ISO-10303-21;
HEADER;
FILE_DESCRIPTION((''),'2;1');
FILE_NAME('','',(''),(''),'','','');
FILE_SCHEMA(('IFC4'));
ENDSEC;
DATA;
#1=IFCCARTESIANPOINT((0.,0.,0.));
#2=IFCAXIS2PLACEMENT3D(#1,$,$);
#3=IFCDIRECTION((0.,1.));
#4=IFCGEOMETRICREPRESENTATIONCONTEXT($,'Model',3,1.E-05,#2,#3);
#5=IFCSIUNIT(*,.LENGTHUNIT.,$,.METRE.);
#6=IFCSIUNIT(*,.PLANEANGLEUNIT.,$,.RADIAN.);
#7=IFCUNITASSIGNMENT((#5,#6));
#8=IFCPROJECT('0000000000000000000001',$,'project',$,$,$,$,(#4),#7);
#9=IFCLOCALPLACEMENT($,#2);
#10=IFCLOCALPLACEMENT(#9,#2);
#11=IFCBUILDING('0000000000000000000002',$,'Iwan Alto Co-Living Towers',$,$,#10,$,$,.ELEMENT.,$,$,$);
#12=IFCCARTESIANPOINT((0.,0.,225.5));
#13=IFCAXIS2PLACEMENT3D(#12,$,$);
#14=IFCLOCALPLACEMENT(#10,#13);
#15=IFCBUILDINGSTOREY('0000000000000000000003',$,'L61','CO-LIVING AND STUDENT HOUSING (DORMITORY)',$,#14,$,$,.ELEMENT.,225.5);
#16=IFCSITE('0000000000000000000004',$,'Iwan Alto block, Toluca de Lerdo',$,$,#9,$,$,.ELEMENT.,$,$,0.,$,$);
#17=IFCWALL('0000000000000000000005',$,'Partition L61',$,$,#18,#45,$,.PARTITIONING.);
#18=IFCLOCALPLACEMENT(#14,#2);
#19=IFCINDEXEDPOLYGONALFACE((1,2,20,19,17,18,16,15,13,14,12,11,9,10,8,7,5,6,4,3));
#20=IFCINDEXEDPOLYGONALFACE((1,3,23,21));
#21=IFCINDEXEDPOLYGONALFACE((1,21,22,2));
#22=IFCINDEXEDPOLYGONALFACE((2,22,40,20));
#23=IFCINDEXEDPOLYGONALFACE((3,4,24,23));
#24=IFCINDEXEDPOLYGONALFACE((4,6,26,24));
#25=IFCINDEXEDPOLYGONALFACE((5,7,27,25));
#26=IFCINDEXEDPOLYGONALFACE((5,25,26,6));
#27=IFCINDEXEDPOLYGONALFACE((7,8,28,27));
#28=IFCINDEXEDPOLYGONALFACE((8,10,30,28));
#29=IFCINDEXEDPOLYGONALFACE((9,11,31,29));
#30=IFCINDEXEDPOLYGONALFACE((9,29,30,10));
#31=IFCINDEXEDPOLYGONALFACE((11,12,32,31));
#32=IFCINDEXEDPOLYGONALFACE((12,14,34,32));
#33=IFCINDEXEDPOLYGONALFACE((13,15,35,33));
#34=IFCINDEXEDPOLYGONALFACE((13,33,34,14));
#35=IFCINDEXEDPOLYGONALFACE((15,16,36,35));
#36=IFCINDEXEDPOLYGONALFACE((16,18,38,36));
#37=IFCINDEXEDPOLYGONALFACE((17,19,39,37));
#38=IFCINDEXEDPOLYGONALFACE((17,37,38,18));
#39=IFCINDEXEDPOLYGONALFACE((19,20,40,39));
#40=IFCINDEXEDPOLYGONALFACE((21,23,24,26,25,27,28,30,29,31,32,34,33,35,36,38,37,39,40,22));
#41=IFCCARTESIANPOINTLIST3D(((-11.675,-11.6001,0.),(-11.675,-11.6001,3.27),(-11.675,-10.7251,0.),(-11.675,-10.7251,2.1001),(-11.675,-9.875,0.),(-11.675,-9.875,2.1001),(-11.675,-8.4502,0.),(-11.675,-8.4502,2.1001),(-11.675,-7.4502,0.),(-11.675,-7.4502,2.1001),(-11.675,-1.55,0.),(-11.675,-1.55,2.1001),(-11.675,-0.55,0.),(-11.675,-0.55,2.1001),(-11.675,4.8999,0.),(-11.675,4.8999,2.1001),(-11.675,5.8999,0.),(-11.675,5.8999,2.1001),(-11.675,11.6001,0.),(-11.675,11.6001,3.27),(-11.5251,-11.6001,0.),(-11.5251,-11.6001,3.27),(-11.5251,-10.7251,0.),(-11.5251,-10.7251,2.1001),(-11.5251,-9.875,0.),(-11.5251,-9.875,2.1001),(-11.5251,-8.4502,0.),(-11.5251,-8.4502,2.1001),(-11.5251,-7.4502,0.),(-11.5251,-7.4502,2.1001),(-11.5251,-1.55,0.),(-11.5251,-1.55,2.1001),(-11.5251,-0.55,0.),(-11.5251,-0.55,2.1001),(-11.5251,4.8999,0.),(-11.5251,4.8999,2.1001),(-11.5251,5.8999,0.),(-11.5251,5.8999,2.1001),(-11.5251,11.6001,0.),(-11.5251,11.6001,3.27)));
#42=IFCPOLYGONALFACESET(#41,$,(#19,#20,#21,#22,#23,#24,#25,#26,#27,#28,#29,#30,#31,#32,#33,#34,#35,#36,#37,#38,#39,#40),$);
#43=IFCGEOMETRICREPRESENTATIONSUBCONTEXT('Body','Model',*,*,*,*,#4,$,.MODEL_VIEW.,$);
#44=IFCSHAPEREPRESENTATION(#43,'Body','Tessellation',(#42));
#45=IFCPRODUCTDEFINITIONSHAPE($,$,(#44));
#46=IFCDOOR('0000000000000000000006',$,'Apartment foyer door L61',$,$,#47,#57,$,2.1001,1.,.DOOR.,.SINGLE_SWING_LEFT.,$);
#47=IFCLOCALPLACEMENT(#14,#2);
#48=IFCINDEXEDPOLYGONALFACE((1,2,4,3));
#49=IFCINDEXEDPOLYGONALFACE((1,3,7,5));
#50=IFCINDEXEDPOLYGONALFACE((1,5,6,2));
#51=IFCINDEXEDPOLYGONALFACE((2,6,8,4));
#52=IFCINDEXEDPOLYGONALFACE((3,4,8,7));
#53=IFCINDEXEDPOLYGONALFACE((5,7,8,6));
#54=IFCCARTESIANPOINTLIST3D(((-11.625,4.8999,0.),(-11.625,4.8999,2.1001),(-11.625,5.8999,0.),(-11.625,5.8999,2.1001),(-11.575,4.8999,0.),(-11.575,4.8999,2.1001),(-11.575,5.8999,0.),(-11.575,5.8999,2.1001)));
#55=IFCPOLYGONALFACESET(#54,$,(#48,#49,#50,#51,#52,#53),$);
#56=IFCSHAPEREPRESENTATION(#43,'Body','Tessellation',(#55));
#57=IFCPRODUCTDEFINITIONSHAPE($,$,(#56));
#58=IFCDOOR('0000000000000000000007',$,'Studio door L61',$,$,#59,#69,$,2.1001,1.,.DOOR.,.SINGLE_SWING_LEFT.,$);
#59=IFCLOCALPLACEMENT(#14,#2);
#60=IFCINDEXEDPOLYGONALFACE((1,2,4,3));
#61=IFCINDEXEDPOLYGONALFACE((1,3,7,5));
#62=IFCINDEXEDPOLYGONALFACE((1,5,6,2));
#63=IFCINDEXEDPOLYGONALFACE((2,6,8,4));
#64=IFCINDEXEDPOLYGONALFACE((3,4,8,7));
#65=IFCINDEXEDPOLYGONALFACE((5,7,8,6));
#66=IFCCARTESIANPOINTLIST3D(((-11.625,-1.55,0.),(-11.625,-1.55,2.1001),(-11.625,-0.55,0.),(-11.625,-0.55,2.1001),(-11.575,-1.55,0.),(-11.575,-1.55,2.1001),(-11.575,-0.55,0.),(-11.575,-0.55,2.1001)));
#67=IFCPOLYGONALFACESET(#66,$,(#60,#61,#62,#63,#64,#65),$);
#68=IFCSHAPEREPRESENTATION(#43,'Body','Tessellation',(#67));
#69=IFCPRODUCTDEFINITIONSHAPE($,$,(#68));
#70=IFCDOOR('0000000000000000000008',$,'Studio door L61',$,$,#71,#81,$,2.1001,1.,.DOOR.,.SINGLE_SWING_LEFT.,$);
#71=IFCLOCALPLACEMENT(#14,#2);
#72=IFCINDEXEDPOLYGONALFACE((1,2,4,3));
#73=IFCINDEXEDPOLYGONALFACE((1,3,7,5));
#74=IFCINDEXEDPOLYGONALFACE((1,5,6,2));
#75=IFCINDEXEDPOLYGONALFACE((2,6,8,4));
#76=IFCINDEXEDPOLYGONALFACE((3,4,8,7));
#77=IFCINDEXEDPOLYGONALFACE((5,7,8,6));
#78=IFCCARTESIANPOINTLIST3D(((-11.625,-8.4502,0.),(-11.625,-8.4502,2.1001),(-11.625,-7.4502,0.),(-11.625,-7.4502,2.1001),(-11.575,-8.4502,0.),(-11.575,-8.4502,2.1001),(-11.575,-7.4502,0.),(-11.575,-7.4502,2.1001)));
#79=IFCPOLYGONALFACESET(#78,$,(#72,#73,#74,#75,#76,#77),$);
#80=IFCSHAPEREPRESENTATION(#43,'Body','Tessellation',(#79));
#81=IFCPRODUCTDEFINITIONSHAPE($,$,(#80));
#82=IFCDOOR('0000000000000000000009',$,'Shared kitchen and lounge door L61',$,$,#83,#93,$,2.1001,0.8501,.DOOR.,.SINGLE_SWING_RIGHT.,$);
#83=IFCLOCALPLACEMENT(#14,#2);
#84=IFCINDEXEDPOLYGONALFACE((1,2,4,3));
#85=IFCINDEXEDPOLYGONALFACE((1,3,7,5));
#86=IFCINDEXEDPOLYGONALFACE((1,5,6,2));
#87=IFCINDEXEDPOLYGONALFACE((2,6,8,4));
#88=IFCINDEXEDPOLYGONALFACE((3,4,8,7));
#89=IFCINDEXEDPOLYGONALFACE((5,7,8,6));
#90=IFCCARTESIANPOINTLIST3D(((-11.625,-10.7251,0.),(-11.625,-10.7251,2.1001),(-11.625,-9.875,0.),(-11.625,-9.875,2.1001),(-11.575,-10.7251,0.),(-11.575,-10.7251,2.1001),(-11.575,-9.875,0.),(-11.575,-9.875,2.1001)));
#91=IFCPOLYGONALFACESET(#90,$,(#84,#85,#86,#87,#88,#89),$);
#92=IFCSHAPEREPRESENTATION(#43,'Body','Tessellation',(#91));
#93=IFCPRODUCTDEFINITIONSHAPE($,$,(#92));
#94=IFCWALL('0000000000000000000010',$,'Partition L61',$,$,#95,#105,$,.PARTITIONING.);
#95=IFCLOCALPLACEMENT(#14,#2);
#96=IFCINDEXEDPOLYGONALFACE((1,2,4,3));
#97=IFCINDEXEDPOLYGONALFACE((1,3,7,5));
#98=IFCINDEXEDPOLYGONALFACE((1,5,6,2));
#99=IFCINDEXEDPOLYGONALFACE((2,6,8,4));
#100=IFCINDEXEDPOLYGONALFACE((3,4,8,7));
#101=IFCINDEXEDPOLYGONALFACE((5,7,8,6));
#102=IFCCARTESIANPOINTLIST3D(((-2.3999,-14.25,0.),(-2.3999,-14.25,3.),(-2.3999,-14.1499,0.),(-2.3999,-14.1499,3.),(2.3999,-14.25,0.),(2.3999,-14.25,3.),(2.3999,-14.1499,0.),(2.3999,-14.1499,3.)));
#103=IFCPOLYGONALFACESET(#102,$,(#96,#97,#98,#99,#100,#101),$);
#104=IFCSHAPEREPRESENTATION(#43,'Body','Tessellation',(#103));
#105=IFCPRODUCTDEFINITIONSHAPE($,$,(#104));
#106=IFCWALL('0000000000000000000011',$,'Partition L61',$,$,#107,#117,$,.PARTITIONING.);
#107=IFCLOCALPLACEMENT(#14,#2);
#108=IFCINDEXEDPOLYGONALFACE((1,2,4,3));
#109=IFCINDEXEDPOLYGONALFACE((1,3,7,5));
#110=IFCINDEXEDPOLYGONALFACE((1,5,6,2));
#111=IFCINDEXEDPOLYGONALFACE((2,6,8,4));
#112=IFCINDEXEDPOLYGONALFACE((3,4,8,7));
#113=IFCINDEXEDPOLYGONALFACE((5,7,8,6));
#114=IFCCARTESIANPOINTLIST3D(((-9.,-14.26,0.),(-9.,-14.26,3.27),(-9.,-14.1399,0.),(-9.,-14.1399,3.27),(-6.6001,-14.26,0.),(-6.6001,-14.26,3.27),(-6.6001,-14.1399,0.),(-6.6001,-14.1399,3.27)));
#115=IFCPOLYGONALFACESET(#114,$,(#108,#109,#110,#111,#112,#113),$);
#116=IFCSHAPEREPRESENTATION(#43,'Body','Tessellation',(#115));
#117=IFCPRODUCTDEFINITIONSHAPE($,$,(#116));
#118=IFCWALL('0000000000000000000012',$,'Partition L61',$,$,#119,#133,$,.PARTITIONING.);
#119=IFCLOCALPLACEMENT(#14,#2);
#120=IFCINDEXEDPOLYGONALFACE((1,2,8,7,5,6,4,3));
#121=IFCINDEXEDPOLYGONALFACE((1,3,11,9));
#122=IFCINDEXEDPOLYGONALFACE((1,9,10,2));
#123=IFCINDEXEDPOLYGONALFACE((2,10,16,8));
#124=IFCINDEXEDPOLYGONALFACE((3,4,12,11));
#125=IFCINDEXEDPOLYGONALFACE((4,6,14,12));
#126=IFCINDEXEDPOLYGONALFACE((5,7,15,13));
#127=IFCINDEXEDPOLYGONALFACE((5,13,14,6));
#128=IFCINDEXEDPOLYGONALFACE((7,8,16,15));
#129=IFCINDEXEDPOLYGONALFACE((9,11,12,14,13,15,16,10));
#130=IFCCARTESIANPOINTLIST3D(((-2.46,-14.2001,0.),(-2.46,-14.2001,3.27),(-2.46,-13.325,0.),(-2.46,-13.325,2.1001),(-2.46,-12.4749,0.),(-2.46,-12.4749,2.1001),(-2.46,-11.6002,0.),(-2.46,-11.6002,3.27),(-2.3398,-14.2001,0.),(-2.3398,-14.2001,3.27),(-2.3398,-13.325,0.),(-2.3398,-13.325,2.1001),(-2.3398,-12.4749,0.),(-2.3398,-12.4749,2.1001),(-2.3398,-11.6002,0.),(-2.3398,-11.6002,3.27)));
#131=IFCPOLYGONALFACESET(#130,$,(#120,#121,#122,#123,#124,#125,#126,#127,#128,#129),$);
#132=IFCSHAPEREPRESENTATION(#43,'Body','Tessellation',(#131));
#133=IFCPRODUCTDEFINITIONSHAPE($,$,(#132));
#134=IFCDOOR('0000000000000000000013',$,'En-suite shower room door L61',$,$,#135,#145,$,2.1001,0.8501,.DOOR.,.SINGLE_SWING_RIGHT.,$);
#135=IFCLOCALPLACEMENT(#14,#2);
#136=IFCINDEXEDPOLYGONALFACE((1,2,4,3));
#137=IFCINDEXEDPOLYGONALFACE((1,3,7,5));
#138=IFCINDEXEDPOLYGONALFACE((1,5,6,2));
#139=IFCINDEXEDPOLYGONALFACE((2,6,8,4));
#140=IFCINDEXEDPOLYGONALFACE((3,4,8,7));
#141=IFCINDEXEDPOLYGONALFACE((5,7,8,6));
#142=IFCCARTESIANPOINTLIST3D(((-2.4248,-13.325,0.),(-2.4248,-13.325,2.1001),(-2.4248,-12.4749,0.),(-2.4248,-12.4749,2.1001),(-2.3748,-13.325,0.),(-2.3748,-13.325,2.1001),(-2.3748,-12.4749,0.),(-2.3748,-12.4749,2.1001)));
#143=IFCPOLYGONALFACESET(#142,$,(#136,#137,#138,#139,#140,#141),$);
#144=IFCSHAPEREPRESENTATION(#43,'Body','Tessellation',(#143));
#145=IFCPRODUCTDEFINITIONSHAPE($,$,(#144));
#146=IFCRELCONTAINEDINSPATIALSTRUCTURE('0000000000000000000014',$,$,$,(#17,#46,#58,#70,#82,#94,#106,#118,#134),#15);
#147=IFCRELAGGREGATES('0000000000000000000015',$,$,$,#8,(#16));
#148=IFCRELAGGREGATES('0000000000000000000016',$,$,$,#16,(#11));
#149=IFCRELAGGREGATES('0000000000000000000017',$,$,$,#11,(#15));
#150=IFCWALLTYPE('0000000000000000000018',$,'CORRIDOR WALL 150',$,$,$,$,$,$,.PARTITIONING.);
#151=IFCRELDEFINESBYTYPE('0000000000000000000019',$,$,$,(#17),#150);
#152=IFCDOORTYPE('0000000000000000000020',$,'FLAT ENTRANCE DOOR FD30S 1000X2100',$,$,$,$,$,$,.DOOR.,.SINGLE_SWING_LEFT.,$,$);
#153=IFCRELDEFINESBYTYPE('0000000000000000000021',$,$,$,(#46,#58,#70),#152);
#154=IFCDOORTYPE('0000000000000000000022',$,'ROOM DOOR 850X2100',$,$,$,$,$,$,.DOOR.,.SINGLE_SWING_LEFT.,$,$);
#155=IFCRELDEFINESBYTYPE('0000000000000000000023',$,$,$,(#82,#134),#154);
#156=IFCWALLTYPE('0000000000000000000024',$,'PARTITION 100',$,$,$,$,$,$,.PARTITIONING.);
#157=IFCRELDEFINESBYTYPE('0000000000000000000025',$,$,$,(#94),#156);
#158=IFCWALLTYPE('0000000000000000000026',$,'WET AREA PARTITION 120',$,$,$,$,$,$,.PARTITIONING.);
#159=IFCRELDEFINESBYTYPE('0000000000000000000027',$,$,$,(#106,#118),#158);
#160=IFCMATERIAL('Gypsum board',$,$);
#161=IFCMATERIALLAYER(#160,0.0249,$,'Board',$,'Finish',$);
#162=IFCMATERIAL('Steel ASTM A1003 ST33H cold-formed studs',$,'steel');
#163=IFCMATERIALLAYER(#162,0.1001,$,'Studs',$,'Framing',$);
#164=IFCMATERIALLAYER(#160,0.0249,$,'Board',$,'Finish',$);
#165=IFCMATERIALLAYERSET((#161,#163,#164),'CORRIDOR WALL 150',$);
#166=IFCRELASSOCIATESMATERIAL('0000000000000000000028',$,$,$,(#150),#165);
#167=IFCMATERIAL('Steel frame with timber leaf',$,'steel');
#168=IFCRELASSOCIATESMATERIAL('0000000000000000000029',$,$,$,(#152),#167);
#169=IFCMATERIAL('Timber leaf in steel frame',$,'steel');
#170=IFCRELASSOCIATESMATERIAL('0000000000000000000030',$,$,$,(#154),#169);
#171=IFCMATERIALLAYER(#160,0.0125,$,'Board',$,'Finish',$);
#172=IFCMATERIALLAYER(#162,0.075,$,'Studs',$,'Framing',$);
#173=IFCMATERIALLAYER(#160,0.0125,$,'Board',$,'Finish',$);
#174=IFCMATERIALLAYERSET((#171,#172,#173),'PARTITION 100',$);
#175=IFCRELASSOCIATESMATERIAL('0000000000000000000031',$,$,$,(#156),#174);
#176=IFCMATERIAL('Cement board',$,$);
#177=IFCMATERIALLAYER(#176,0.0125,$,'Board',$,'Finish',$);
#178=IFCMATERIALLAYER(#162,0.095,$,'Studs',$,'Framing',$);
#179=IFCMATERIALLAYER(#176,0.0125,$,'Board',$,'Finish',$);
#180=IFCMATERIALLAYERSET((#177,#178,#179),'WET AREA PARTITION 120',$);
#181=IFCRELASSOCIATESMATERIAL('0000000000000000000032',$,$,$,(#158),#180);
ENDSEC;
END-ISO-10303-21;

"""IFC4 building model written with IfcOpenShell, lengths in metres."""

from ifc_helpers import new_model, si_unit, direction, frame, frame_2d, origin, place, context, subcontext, project, spatial, rectangle, extrude, material, layer, layer_set, type_object, element, fill, save


model = new_model("IFC4")

# Units and contexts
model_context = context("Model", 3, precision=1e-05, world=origin(), true_north=direction((0.0, 1.0)))
body_context = subcontext(model_context, "Body", "Model", "MODEL_VIEW")
ifc_project = project(units=[si_unit("LENGTHUNIT", "METRE"), si_unit("PLANEANGLEUNIT", "RADIAN")], contexts=[model_context])

# Site, building, storey
site_placement = place(None, origin())
site = spatial("IfcSite", under=ifc_project, at=site_placement, Name="Iwan Alto block, Toluca de Lerdo", CompositionType="ELEMENT", RefElevation=0.0)
building_placement = place(site_placement, origin())
building = spatial("IfcBuilding", under=site, at=building_placement, Name="Iwan Alto Co-Living Towers", CompositionType="ELEMENT")
storey_placement = place(building_placement, frame((0.0, 0.0, 225.5)))
storey = spatial("IfcBuildingStorey", under=building, at=storey_placement, Name="L61", Description="CO-LIVING AND STUDENT HOUSING (DORMITORY)", CompositionType="ELEMENT", Elevation=225.5)

# Wall, openings, doors
ifc_material_1 = material(Name="Gypsum board")
ifc_layer_1 = layer(ifc_material_1, 0.0249, Name="Board", Category="Finish")
ifc_material_2 = material(Name="Steel ASTM A1003 ST33H cold-formed studs", Category="steel")
ifc_layer_2 = layer(ifc_material_2, 0.1001, Name="Studs", Category="Framing")
ifc_layer_3 = layer(ifc_material_1, 0.0249, Name="Board", Category="Finish")
ifc_layer_set_1 = layer_set([ifc_layer_1, ifc_layer_2, ifc_layer_3], Name="CORRIDOR WALL 150")
wall_type_1 = type_object("IfcWallType", Name="CORRIDOR WALL 150", PredefinedType="PARTITIONING", material=ifc_layer_set_1)
ifc_material_3 = material(Name="Steel frame with timber leaf", Category="steel")
door_type_1 = type_object("IfcDoorType", Name="FLAT ENTRANCE DOOR FD30S 1000X2100", OperationType="SINGLE_SWING_LEFT", PredefinedType="DOOR", material=ifc_material_3)
wall_1_placement = place(storey_placement, frame((-11.6001, -11.6001, 0.0), z_axis=(0.0, 0.0, 1.0), x_axis=(0.0, 1.0, 0.0)))
wall_1 = element("IfcWall", 1, at=wall_1_placement, inside=storey, type_object=wall_type_1, Name="Partition L61", PredefinedType="PARTITIONING", context=body_context, shape_type="SweptSolid", body=[
    extrude(rectangle(XDim=23.2002, YDim=0.1499, at=frame_2d((11.6001, 0.0))), origin(), (0.0, 0.0, 1.0), 3.27),
])
opening_1_placement = place(wall_1_placement, frame((16.5, 0.0, 0.0)))
opening_1 = element("IfcOpeningElement", 2, at=opening_1_placement, cuts=wall_1, PredefinedType="OPENING", context=body_context, shape_type="SweptSolid", body=[
    extrude(rectangle(XDim=1.0, YDim=2.1001, at=frame_2d((0.5, 1.05))), frame((0.0, 0.085, 0.0), z_axis=(0.0, -1.0, 0.0), x_axis=(1.0, 0.0, 0.0)), (0.0, 0.0, 1.0), 0.1699),
])
opening_2_placement = place(wall_1_placement, frame((10.05, 0.0, 0.0)))
opening_2 = element("IfcOpeningElement", 3, at=opening_2_placement, cuts=wall_1, PredefinedType="OPENING", context=body_context, shape_type="SweptSolid", body=[
    extrude(rectangle(XDim=1.0, YDim=2.1001, at=frame_2d((0.5, 1.05))), frame((0.0, 0.085, 0.0), z_axis=(0.0, -1.0, 0.0), x_axis=(1.0, 0.0, 0.0)), (0.0, 0.0, 1.0), 0.1699),
])
opening_3_placement = place(wall_1_placement, frame((3.1499, 0.0, 0.0)))
opening_3 = element("IfcOpeningElement", 4, at=opening_3_placement, cuts=wall_1, PredefinedType="OPENING", context=body_context, shape_type="SweptSolid", body=[
    extrude(rectangle(XDim=1.0, YDim=2.1001, at=frame_2d((0.5, 1.05))), frame((0.0, 0.085, 0.0), z_axis=(0.0, -1.0, 0.0), x_axis=(1.0, 0.0, 0.0)), (0.0, 0.0, 1.0), 0.1699),
])
opening_4_placement = place(wall_1_placement, frame((0.875, 0.0, 0.0)))
opening_4 = element("IfcOpeningElement", 5, at=opening_4_placement, cuts=wall_1, PredefinedType="OPENING", context=body_context, shape_type="SweptSolid", body=[
    extrude(rectangle(XDim=0.8501, YDim=2.1001, at=frame_2d((0.425, 1.05))), frame((0.0, 0.085, 0.0), z_axis=(0.0, -1.0, 0.0), x_axis=(1.0, 0.0, 0.0)), (0.0, 0.0, 1.0), 0.1699),
])
door_1_placement = place(opening_1_placement, origin())
door_1 = element("IfcDoor", 6, at=door_1_placement, inside=storey, type_object=door_type_1, Name="Apartment foyer door L61", OperationType="SINGLE_SWING_LEFT", OverallHeight=2.1001, OverallWidth=1.0, PredefinedType="DOOR", context=body_context, shape_type="SweptSolid", body=[
    extrude(rectangle(XDim=1.0, YDim=2.1001, at=frame_2d((0.5, 1.05))), frame((0.0, 0.0249, 0.0), z_axis=(0.0, -1.0, 0.0), x_axis=(1.0, 0.0, 0.0)), (0.0, 0.0, 1.0), 0.05),
])
fill(opening_1, door_1)
door_2_placement = place(opening_2_placement, origin())
door_2 = element("IfcDoor", 7, at=door_2_placement, inside=storey, type_object=door_type_1, Name="Studio door L61", OperationType="SINGLE_SWING_LEFT", OverallHeight=2.1001, OverallWidth=1.0, PredefinedType="DOOR", context=body_context, shape_type="SweptSolid", body=[
    extrude(rectangle(XDim=1.0, YDim=2.1001, at=frame_2d((0.5, 1.05))), frame((0.0, 0.0249, 0.0), z_axis=(0.0, -1.0, 0.0), x_axis=(1.0, 0.0, 0.0)), (0.0, 0.0, 1.0), 0.05),
])
fill(opening_2, door_2)
door_3_placement = place(opening_3_placement, origin())
door_3 = element("IfcDoor", 8, at=door_3_placement, inside=storey, type_object=door_type_1, Name="Studio door L61", OperationType="SINGLE_SWING_LEFT", OverallHeight=2.1001, OverallWidth=1.0, PredefinedType="DOOR", context=body_context, shape_type="SweptSolid", body=[
    extrude(rectangle(XDim=1.0, YDim=2.1001, at=frame_2d((0.5, 1.05))), frame((0.0, 0.0249, 0.0), z_axis=(0.0, -1.0, 0.0), x_axis=(1.0, 0.0, 0.0)), (0.0, 0.0, 1.0), 0.05),
])
fill(opening_3, door_3)
ifc_material_4 = material(Name="Timber leaf in steel frame", Category="steel")
door_type_2 = type_object("IfcDoorType", Name="ROOM DOOR 850X2100", OperationType="SINGLE_SWING_LEFT", PredefinedType="DOOR", material=ifc_material_4)
door_4_placement = place(opening_4_placement, origin())
door_4 = element("IfcDoor", 9, at=door_4_placement, inside=storey, type_object=door_type_2, Name="Shared kitchen and lounge door L61", OperationType="SINGLE_SWING_RIGHT", OverallHeight=2.1001, OverallWidth=0.8501, PredefinedType="DOOR", context=body_context, shape_type="SweptSolid", body=[
    extrude(rectangle(XDim=0.8501, YDim=2.1001, at=frame_2d((0.425, 1.05))), frame((0.0, 0.0249, 0.0), z_axis=(0.0, -1.0, 0.0), x_axis=(1.0, 0.0, 0.0)), (0.0, 0.0, 1.0), 0.05),
])
fill(opening_4, door_4)

# Walls
ifc_layer_4 = layer(ifc_material_1, 0.0125, Name="Board", Category="Finish")
ifc_layer_5 = layer(ifc_material_2, 0.075, Name="Studs", Category="Framing")
ifc_layer_6 = layer(ifc_material_1, 0.0125, Name="Board", Category="Finish")
ifc_layer_set_2 = layer_set([ifc_layer_4, ifc_layer_5, ifc_layer_6], Name="PARTITION 100")
wall_type_2 = type_object("IfcWallType", Name="PARTITION 100", PredefinedType="PARTITIONING", material=ifc_layer_set_2)
wall_2_placement = place(storey_placement, frame((-2.3999, -14.2, 0.0), z_axis=(0.0, 0.0, 1.0), x_axis=(1.0, 0.0, 0.0)))
element("IfcWall", 10, at=wall_2_placement, inside=storey, type_object=wall_type_2, Name="Partition L61", PredefinedType="PARTITIONING", context=body_context, shape_type="SweptSolid", body=[
    extrude(rectangle(XDim=4.7998, YDim=0.1001, at=frame_2d((2.3999, 0.0))), origin(), (0.0, 0.0, 1.0), 3.0),
])
ifc_material_5 = material(Name="Cement board")
ifc_layer_7 = layer(ifc_material_5, 0.0125, Name="Board", Category="Finish")
ifc_layer_8 = layer(ifc_material_2, 0.095, Name="Studs", Category="Framing")
ifc_layer_9 = layer(ifc_material_5, 0.0125, Name="Board", Category="Finish")
ifc_layer_set_3 = layer_set([ifc_layer_7, ifc_layer_8, ifc_layer_9], Name="WET AREA PARTITION 120")
wall_type_3 = type_object("IfcWallType", Name="WET AREA PARTITION 120", PredefinedType="PARTITIONING", material=ifc_layer_set_3)
wall_3_placement = place(storey_placement, frame((-9.0, -14.2, 0.0), z_axis=(0.0, 0.0, 1.0), x_axis=(1.0, 0.0, 0.0)))
element("IfcWall", 11, at=wall_3_placement, inside=storey, type_object=wall_type_3, Name="Partition L61", PredefinedType="PARTITIONING", context=body_context, shape_type="SweptSolid", body=[
    extrude(rectangle(XDim=2.3999, YDim=0.1201, at=frame_2d((1.2, 0.0))), origin(), (0.0, 0.0, 1.0), 3.27),
])

# Wall, opening, door
wall_4_placement = place(storey_placement, frame((-2.3999, -14.2, 0.0), z_axis=(0.0, 0.0, 1.0), x_axis=(0.0, 1.0, 0.0)))
wall_4 = element("IfcWall", 12, at=wall_4_placement, inside=storey, type_object=wall_type_3, Name="Partition L61", PredefinedType="PARTITIONING", context=body_context, shape_type="SweptSolid", body=[
    extrude(rectangle(XDim=2.5999, YDim=0.1201, at=frame_2d((1.2998, 0.0))), origin(), (0.0, 0.0, 1.0), 3.27),
])
opening_5_placement = place(wall_4_placement, frame((0.875, 0.0, 0.0)))
opening_5 = element("IfcOpeningElement", 13, at=opening_5_placement, cuts=wall_4, PredefinedType="OPENING", context=body_context, shape_type="SweptSolid", body=[
    extrude(rectangle(XDim=0.8501, YDim=2.1001, at=frame_2d((0.425, 1.05))), frame((0.0, 0.0701, 0.0), z_axis=(0.0, -1.0, 0.0), x_axis=(1.0, 0.0, 0.0)), (0.0, 0.0, 1.0), 0.1401),
])
door_5_placement = place(opening_5_placement, origin())
door_5 = element("IfcDoor", 14, at=door_5_placement, inside=storey, type_object=door_type_2, Name="En-suite shower room door L61", OperationType="SINGLE_SWING_RIGHT", OverallHeight=2.1001, OverallWidth=0.8501, PredefinedType="DOOR", context=body_context, shape_type="SweptSolid", body=[
    extrude(rectangle(XDim=0.8501, YDim=2.1001, at=frame_2d((0.425, 1.05))), frame((0.0, 0.0249, 0.0), z_axis=(0.0, -1.0, 0.0), x_axis=(1.0, 0.0, 0.0)), (0.0, 0.0, 1.0), 0.05),
])
fill(opening_5, door_5)

save(model, "model.ifc")
